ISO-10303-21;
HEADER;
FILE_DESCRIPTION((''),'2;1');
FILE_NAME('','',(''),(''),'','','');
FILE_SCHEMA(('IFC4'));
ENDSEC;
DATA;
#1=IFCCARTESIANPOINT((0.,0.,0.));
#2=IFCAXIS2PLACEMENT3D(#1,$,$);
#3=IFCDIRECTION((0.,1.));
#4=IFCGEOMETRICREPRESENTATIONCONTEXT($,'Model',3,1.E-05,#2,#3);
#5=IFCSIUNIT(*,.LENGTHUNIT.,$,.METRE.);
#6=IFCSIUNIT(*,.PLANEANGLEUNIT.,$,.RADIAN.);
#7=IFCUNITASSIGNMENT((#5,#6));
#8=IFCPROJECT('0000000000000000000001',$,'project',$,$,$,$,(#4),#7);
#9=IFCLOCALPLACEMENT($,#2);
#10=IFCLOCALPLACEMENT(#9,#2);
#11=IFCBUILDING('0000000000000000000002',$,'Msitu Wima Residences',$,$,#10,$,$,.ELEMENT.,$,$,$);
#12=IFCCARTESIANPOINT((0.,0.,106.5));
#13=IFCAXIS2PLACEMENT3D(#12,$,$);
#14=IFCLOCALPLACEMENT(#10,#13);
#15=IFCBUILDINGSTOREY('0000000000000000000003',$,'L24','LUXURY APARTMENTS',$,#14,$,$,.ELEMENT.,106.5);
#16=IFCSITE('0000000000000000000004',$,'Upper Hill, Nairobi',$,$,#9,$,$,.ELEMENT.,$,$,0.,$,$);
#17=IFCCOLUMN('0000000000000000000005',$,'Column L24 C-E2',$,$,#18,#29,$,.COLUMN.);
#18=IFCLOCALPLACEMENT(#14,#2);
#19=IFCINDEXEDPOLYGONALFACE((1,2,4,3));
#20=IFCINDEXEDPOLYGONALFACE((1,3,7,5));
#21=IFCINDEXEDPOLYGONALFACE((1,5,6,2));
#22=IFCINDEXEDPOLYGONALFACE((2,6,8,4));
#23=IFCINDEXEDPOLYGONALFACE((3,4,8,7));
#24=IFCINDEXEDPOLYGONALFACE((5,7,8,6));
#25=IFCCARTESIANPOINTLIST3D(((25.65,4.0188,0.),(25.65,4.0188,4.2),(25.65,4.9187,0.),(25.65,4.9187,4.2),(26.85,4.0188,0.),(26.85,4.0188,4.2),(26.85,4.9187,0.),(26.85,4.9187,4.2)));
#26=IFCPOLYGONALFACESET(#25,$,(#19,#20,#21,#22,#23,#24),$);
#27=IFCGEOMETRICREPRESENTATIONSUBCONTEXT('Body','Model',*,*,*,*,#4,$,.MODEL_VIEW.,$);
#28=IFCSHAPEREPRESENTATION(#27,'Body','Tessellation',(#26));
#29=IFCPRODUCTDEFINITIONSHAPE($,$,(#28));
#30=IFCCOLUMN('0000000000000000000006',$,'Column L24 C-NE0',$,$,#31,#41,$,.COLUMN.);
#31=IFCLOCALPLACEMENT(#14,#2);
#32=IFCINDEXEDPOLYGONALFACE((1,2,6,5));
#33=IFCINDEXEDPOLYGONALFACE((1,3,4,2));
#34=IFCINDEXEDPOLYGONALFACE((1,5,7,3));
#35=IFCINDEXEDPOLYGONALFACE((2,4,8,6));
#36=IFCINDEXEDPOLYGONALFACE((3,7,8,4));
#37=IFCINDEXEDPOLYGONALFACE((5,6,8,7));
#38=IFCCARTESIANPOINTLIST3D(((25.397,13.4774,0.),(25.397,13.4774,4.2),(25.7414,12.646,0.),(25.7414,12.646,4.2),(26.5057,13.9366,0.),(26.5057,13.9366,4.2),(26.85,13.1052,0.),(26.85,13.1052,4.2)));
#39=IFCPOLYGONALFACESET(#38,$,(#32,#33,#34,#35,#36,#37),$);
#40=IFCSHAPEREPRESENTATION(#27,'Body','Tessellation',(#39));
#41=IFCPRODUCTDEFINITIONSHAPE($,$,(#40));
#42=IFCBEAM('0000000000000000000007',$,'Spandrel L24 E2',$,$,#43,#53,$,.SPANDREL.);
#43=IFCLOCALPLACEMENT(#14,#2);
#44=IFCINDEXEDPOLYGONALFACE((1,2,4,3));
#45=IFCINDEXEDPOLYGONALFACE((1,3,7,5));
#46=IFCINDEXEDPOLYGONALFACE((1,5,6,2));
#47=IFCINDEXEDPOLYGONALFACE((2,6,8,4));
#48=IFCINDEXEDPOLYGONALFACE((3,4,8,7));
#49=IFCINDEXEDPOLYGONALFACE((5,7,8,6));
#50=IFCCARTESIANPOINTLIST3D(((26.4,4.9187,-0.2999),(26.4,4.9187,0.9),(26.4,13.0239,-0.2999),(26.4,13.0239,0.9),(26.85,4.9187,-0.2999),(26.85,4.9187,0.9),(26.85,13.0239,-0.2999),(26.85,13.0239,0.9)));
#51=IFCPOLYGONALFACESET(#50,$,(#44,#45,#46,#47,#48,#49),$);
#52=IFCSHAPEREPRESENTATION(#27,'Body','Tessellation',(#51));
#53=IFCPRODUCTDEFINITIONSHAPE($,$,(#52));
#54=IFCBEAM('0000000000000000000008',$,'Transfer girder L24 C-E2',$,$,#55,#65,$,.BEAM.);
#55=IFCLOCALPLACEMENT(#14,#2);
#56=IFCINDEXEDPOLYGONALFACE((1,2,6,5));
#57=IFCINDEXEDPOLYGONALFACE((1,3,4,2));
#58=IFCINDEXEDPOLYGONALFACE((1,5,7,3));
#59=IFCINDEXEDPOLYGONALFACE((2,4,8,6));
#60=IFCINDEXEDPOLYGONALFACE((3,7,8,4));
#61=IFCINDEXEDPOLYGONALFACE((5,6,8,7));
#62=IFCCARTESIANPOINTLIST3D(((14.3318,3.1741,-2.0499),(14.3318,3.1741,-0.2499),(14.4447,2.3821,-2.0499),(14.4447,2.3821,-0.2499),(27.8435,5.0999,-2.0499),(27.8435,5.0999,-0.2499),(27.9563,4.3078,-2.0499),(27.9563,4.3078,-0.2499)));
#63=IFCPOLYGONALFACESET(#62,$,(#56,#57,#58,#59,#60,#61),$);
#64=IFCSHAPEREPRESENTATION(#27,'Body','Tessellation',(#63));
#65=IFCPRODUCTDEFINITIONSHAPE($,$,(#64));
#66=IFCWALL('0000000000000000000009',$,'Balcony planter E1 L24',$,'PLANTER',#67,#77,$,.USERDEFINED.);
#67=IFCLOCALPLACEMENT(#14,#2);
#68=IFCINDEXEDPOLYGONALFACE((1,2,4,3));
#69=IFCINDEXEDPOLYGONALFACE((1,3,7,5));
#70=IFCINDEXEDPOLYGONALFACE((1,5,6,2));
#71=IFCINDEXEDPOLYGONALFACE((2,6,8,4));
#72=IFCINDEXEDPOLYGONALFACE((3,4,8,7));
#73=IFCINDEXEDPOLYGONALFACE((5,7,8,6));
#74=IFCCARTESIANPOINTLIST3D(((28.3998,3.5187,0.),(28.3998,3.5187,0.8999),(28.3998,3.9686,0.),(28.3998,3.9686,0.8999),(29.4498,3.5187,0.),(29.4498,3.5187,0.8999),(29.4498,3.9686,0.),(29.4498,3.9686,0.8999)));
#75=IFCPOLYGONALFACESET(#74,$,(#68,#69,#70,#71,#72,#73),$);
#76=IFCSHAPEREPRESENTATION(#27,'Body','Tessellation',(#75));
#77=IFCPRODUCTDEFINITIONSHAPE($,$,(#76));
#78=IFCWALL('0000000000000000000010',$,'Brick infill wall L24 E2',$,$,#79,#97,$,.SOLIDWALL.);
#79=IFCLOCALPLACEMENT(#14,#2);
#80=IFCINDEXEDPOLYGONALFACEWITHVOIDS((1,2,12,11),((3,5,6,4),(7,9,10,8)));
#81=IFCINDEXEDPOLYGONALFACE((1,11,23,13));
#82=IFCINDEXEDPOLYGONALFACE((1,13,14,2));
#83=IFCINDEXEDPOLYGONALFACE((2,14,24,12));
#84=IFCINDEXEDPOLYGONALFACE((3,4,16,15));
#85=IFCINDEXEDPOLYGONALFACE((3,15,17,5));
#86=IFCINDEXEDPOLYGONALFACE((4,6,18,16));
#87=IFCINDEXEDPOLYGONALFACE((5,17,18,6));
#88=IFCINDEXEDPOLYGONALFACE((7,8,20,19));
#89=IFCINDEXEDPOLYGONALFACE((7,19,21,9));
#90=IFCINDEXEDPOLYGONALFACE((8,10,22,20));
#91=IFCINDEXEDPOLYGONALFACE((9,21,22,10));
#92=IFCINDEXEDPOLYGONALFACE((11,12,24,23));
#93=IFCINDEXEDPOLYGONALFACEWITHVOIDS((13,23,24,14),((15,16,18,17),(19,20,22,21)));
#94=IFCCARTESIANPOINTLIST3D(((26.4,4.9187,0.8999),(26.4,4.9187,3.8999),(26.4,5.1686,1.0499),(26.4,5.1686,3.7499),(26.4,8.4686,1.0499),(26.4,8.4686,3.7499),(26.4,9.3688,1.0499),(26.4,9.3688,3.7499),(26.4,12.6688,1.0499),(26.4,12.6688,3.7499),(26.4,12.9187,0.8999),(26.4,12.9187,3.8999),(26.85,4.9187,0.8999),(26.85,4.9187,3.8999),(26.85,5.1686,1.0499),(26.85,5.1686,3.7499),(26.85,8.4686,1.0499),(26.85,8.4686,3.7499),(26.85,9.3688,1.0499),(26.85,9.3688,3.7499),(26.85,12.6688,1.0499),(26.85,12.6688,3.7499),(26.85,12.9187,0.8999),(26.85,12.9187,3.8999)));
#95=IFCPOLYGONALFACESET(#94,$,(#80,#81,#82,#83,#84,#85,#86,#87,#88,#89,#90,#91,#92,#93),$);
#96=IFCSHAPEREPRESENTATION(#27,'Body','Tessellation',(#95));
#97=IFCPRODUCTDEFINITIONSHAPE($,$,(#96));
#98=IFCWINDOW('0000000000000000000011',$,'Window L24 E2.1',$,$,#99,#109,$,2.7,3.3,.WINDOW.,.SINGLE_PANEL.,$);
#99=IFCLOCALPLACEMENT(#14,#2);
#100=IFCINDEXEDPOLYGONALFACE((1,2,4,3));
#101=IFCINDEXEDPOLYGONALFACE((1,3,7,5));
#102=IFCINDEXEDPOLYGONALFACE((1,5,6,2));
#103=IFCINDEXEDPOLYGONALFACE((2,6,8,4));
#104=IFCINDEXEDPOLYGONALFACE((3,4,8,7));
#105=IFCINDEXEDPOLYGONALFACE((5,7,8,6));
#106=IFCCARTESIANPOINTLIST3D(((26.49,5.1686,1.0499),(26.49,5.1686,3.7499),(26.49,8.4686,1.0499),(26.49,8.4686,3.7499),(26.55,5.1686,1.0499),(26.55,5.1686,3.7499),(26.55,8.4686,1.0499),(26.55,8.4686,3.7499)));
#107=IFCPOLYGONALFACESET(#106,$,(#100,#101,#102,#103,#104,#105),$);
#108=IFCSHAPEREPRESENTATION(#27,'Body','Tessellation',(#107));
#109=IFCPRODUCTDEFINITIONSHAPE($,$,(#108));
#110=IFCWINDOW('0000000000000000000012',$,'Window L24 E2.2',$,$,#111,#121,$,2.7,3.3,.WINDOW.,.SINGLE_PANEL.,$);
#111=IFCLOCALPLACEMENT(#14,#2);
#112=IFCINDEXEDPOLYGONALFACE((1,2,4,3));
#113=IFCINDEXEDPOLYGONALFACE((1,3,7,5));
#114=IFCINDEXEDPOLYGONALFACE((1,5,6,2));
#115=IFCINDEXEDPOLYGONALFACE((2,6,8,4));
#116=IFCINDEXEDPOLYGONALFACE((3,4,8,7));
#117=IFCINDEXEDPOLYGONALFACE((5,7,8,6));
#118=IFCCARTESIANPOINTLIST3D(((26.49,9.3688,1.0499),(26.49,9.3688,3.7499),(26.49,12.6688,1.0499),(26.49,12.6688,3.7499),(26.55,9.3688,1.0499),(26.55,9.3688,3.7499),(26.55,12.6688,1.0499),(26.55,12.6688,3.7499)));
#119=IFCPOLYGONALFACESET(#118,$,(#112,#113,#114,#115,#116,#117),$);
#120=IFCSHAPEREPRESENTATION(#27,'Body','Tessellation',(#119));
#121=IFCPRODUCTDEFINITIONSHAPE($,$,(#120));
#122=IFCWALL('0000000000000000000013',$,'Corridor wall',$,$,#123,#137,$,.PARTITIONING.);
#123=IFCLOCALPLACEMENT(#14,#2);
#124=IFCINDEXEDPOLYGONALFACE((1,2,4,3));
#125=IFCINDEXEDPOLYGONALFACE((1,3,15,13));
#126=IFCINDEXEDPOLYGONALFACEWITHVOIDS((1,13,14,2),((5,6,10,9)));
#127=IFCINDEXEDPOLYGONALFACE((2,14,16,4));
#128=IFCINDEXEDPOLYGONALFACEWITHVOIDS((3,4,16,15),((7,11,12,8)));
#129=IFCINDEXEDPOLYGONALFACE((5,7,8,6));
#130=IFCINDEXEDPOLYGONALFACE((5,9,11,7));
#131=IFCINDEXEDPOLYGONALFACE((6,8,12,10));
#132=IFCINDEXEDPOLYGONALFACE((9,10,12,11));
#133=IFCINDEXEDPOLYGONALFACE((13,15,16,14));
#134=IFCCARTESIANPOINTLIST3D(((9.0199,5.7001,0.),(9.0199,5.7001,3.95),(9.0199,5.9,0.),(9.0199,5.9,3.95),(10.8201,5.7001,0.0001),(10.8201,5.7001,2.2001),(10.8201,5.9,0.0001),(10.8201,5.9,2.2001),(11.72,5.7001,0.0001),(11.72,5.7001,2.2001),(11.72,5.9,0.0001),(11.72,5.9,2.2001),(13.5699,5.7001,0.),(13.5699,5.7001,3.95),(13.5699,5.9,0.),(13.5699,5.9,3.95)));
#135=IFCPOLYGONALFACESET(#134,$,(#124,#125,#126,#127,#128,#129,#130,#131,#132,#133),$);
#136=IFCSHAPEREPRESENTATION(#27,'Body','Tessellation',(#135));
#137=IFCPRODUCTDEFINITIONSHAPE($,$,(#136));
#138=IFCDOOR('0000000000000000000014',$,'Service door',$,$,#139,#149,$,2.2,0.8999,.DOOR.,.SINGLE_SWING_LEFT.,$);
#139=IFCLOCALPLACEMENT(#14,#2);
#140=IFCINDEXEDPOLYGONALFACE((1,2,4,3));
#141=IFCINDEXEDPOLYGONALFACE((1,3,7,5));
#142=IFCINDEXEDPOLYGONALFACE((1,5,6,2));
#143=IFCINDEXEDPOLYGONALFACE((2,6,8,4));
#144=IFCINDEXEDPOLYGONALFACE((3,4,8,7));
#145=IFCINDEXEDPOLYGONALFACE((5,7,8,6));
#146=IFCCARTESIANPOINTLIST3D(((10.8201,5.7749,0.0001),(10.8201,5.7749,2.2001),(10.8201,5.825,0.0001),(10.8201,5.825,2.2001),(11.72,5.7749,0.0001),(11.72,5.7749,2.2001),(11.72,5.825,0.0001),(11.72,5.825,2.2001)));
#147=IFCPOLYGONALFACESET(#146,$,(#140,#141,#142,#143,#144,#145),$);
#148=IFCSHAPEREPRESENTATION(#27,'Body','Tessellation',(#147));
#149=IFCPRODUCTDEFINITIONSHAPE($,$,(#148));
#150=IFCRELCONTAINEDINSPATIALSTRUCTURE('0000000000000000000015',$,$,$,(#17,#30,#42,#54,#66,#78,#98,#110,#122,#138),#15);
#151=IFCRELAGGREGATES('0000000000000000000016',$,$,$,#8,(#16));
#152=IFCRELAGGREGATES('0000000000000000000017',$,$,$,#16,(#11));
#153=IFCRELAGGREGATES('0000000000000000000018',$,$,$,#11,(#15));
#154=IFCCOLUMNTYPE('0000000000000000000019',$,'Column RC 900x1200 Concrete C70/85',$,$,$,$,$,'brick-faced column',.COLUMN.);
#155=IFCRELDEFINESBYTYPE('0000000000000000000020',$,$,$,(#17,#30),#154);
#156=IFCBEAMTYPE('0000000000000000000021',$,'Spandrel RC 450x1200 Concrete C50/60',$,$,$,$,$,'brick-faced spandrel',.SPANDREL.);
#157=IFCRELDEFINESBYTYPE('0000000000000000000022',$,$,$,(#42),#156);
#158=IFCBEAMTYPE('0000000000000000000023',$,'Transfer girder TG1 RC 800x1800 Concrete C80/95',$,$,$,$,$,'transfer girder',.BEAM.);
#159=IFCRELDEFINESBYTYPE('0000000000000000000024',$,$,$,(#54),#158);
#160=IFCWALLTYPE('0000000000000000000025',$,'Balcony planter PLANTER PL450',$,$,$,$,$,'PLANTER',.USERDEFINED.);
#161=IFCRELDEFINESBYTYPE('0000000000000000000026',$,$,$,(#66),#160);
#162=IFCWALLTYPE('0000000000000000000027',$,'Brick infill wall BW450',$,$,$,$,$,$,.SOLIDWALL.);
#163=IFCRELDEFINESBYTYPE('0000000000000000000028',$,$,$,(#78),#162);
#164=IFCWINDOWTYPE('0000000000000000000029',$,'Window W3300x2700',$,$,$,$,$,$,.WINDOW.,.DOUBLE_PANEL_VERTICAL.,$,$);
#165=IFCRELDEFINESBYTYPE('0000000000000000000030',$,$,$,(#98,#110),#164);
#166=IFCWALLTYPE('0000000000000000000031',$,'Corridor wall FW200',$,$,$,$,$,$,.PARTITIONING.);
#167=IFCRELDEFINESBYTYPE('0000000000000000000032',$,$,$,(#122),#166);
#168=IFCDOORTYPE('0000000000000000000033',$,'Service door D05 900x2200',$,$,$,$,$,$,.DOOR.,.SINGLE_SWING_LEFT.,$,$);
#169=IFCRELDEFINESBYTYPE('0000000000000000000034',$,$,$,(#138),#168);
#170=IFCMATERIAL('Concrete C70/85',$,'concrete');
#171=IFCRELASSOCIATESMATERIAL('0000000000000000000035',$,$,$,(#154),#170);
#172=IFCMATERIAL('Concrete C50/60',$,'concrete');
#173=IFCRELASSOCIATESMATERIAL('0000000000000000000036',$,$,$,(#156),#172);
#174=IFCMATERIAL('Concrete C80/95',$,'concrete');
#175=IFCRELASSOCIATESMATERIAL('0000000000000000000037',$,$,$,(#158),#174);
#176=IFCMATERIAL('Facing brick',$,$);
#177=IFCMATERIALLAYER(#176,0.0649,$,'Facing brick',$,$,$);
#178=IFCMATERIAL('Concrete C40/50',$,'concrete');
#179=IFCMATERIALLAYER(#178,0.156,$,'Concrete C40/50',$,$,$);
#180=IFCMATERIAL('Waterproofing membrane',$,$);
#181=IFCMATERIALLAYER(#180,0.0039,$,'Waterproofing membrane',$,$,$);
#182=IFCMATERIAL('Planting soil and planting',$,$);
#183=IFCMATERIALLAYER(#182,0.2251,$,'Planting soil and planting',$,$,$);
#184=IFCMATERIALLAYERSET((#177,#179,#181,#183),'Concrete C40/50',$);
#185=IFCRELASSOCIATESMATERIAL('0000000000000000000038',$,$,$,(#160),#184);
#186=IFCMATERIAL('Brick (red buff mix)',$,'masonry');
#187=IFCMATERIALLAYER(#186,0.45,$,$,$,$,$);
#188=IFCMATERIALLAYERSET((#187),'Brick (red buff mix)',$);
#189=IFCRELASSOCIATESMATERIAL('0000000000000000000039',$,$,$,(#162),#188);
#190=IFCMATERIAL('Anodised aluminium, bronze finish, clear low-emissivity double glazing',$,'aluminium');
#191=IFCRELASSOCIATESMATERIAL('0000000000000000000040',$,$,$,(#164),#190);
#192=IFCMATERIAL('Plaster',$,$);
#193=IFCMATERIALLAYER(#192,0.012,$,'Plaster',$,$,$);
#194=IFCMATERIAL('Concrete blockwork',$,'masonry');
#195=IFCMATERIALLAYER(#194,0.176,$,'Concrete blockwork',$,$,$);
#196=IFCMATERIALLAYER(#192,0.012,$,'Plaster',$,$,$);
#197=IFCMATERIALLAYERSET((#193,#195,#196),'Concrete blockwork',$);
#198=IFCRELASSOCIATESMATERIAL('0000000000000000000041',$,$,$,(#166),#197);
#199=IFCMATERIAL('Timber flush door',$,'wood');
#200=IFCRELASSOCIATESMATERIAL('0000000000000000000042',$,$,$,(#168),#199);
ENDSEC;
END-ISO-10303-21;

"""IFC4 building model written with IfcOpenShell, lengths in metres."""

from ifc_helpers import new_model, si_unit, direction, frame, frame_2d, origin, origin_2d, place, context, subcontext, project, spatial, rectangle, extrude, material, layer, layer_set, material_profile, profile_set, type_object, element, fill, save


model = new_model("IFC4")

# Units and contexts
model_context = context("Model", 3, precision=1e-05, world=origin(), true_north=direction((0.0, 1.0)))
body_context = subcontext(model_context, "Body", "Model", "MODEL_VIEW")
ifc_project = project(units=[si_unit("LENGTHUNIT", "METRE"), si_unit("PLANEANGLEUNIT", "RADIAN")], contexts=[model_context])

# Site, building, storey
site_placement = place(None, origin())
site = spatial("IfcSite", under=ifc_project, at=site_placement, Name="Upper Hill, Nairobi", CompositionType="ELEMENT", RefElevation=0.0)
building_placement = place(site_placement, origin())
building = spatial("IfcBuilding", under=site, at=building_placement, Name="Msitu Wima Residences", CompositionType="ELEMENT")
storey_placement = place(building_placement, frame((0.0, 0.0, 106.5)))
storey = spatial("IfcBuildingStorey", under=building, at=storey_placement, Name="L24", Description="LUXURY APARTMENTS", CompositionType="ELEMENT", Elevation=106.5)

# Columns
ifc_material_1 = material(Name="Concrete C70/85", Category="concrete")
ifc_material_profile_1 = material_profile(ifc_material_1, rectangle(XDim=0.8999, YDim=1.2, at=origin_2d()), Name="RC 900x1200")
ifc_profile_set_1 = profile_set([ifc_material_profile_1], Name="Concrete C70/85")
column_type = type_object("IfcColumnType", Name="Column RC 900x1200 Concrete C70/85", ElementType="brick-faced column", PredefinedType="COLUMN", material=ifc_profile_set_1)
for number, where, z_axis, x_axis, name in (
    (1, (26.25, 4.4688, 0.0), (0.0, 0.0, 1.0), (0.0, 1.0, 0.0), "Column L24 C-E2"),
    (2, (26.1235, 13.2913, 0.0), (0.0, 0.0, 1.0), (-0.382683, 0.92388, 0.0), "Column L24 C-NE0"),
):
    element("IfcColumn", number, at=place(storey_placement, frame(where, z_axis=z_axis, x_axis=x_axis)), inside=storey, type_object=column_type, Name=name, PredefinedType="COLUMN", context=body_context, shape_type="SweptSolid", body=[
        extrude(rectangle(XDim=0.8999, YDim=1.2, at=origin_2d()), origin(), (0.0, 0.0, 1.0), 4.2),
    ])

# Beams
ifc_material_2 = material(Name="Concrete C50/60", Category="concrete")
ifc_material_profile_2 = material_profile(ifc_material_2, rectangle(XDim=0.45, YDim=1.2, at=origin_2d()), Name="RC 450x1200")
ifc_profile_set_2 = profile_set([ifc_material_profile_2], Name="Concrete C50/60")
beam_type_1 = type_object("IfcBeamType", Name="Spandrel RC 450x1200 Concrete C50/60", ElementType="brick-faced spandrel", PredefinedType="SPANDREL", material=ifc_profile_set_2)
beam_1_placement = place(storey_placement, frame((26.625, 4.9187, 0.3), z_axis=(0.0, 1.0, 0.0), x_axis=(-1.0, 0.0, 0.0)))
element("IfcBeam", 3, at=beam_1_placement, inside=storey, type_object=beam_type_1, Name="Spandrel L24 E2", PredefinedType="SPANDREL", context=body_context, shape_type="SweptSolid", body=[
    extrude(rectangle(XDim=0.45, YDim=1.2, at=origin_2d()), origin(), (0.0, 0.0, 1.0), 8.1052),
])
ifc_material_3 = material(Name="Concrete C80/95", Category="concrete")
ifc_material_profile_3 = material_profile(ifc_material_3, rectangle(XDim=0.8, YDim=1.8, at=origin_2d()), Name="RC 800x1800")
ifc_profile_set_3 = profile_set([ifc_material_profile_3], Name="Concrete C80/95")
beam_type_2 = type_object("IfcBeamType", Name="Transfer girder TG1 RC 800x1800 Concrete C80/95", ElementType="transfer girder", PredefinedType="BEAM", material=ifc_profile_set_3)
beam_2_placement = place(storey_placement, frame((27.8999, 4.7039, -1.1499), z_axis=(-0.989995, -0.141101, 0.0), x_axis=(0.141101, -0.989995, 0.0)))
element("IfcBeam", 4, at=beam_2_placement, inside=storey, type_object=beam_type_2, Name="Transfer girder L24 C-E2", PredefinedType="BEAM", context=body_context, shape_type="SweptSolid", body=[
    extrude(rectangle(XDim=0.8, YDim=1.8, at=origin_2d()), origin(), (0.0, 0.0, 1.0), 13.6482),
])

# Wall
ifc_material_4 = material(Name="Facing brick")
ifc_layer_1 = layer(ifc_material_4, 0.0649, Name="Facing brick")
ifc_material_5 = material(Name="Concrete C40/50", Category="concrete")
ifc_layer_2 = layer(ifc_material_5, 0.156, Name="Concrete C40/50")
ifc_material_6 = material(Name="Waterproofing membrane")
ifc_layer_3 = layer(ifc_material_6, 0.0039, Name="Waterproofing membrane")
ifc_material_7 = material(Name="Planting soil and planting")
ifc_layer_4 = layer(ifc_material_7, 0.2251, Name="Planting soil and planting")
ifc_layer_set_1 = layer_set([ifc_layer_1, ifc_layer_2, ifc_layer_3, ifc_layer_4], Name="Concrete C40/50")
wall_type_1 = type_object("IfcWallType", Name="Balcony planter PLANTER PL450", ElementType="PLANTER", PredefinedType="USERDEFINED", material=ifc_layer_set_1)
wall_1_placement = place(storey_placement, frame((28.3999, 3.7437, 0.0), z_axis=(0.0, 0.0, 1.0), x_axis=(1.0, 0.0, 0.0)))
element("IfcWall", 5, at=wall_1_placement, inside=storey, type_object=wall_type_1, Name="Balcony planter E1 L24", ObjectType="PLANTER", PredefinedType="USERDEFINED", context=body_context, shape_type="SweptSolid", body=[
    extrude(rectangle(XDim=1.05, YDim=0.45, at=frame_2d((0.5249, 0.0))), origin(), (0.0, 0.0, 1.0), 0.8999),
])

# Wall, openings, windows
ifc_material_8 = material(Name="Brick (red buff mix)", Category="masonry")
ifc_layer_5 = layer(ifc_material_8, 0.45)
ifc_layer_set_2 = layer_set([ifc_layer_5], Name="Brick (red buff mix)")
wall_type_2 = type_object("IfcWallType", Name="Brick infill wall BW450", PredefinedType="SOLIDWALL", material=ifc_layer_set_2)
wall_2_placement = place(storey_placement, frame((26.625, 4.9187, 0.8999), z_axis=(0.0, 0.0, 1.0), x_axis=(0.0, 1.0, 0.0)))
wall_2 = element("IfcWall", 6, at=wall_2_placement, inside=storey, type_object=wall_type_2, Name="Brick infill wall L24 E2", PredefinedType="SOLIDWALL", context=body_context, shape_type="SweptSolid", body=[
    extrude(rectangle(XDim=8.0, YDim=0.45, at=frame_2d((4.0, 0.0))), origin(), (0.0, 0.0, 1.0), 3.0),
])
opening_1_placement = place(wall_2_placement, frame((0.25, 0.0, 0.1499)))
opening_1 = element("IfcOpeningElement", 7, at=opening_1_placement, cuts=wall_2, PredefinedType="OPENING", context=body_context, shape_type="SweptSolid", body=[
    extrude(rectangle(XDim=3.3, YDim=2.7, at=frame_2d((1.6499, 1.3501))), frame((0.0, 0.2349, 0.0), z_axis=(0.0, -1.0, 0.0), x_axis=(1.0, 0.0, 0.0)), (0.0, 0.0, 1.0), 0.47),
])
opening_2_placement = place(wall_2_placement, frame((4.4502, 0.0, 0.1499)))
opening_2 = element("IfcOpeningElement", 8, at=opening_2_placement, cuts=wall_2, PredefinedType="OPENING", context=body_context, shape_type="SweptSolid", body=[
    extrude(rectangle(XDim=3.3, YDim=2.7, at=frame_2d((1.6499, 1.3501))), frame((0.0, 0.2349, 0.0), z_axis=(0.0, -1.0, 0.0), x_axis=(1.0, 0.0, 0.0)), (0.0, 0.0, 1.0), 0.47),
])
ifc_material_9 = material(Name="Anodised aluminium, bronze finish, clear low-emissivity double glazing", Category="aluminium")
window_type = type_object("IfcWindowType", Name="Window W3300x2700", PartitioningType="DOUBLE_PANEL_VERTICAL", PredefinedType="WINDOW", material=ifc_material_9)
window_1_placement = place(opening_1_placement, origin())
window_1 = element("IfcWindow", 9, at=window_1_placement, inside=storey, type_object=window_type, Name="Window L24 E2.1", OverallHeight=2.7, OverallWidth=3.3, PartitioningType="SINGLE_PANEL", PredefinedType="WINDOW", context=body_context, shape_type="SweptSolid", body=[
    extrude(rectangle(XDim=3.3, YDim=2.7, at=frame_2d((1.6499, 1.3501))), frame((0.0, 0.135, 0.0), z_axis=(0.0, -1.0, 0.0), x_axis=(1.0, 0.0, 0.0)), (0.0, 0.0, 1.0), 0.0601),
])
fill(opening_1, window_1)
window_2_placement = place(opening_2_placement, origin())
window_2 = element("IfcWindow", 10, at=window_2_placement, inside=storey, type_object=window_type, Name="Window L24 E2.2", OverallHeight=2.7, OverallWidth=3.3, PartitioningType="SINGLE_PANEL", PredefinedType="WINDOW", context=body_context, shape_type="SweptSolid", body=[
    extrude(rectangle(XDim=3.3, YDim=2.7, at=frame_2d((1.6499, 1.3501))), frame((0.0, 0.135, 0.0), z_axis=(0.0, -1.0, 0.0), x_axis=(1.0, 0.0, 0.0)), (0.0, 0.0, 1.0), 0.0601),
])
fill(opening_2, window_2)

# Wall, opening, door
ifc_material_10 = material(Name="Plaster")
ifc_layer_6 = layer(ifc_material_10, 0.012, Name="Plaster")
ifc_material_11 = material(Name="Concrete blockwork", Category="masonry")
ifc_layer_7 = layer(ifc_material_11, 0.176, Name="Concrete blockwork")
ifc_layer_8 = layer(ifc_material_10, 0.012, Name="Plaster")
ifc_layer_set_3 = layer_set([ifc_layer_6, ifc_layer_7, ifc_layer_8], Name="Concrete blockwork")
wall_type_3 = type_object("IfcWallType", Name="Corridor wall FW200", PredefinedType="PARTITIONING", material=ifc_layer_set_3)
wall_3_placement = place(storey_placement, frame((9.02, 5.8, 0.0), z_axis=(0.0, 0.0, 1.0), x_axis=(1.0, 0.0, 0.0)))
wall_3 = element("IfcWall", 11, at=wall_3_placement, inside=storey, type_object=wall_type_3, Name="Corridor wall", PredefinedType="PARTITIONING", context=body_context, shape_type="SweptSolid", body=[
    extrude(rectangle(XDim=4.55, YDim=0.2, at=frame_2d((2.2749, 0.0))), origin(), (0.0, 0.0, 1.0), 3.95),
])
opening_3_placement = place(wall_3_placement, frame((1.8, 0.0, 0.0)))
opening_3 = element("IfcOpeningElement", 12, at=opening_3_placement, cuts=wall_3, PredefinedType="OPENING", context=body_context, shape_type="SweptSolid", body=[
    extrude(rectangle(XDim=0.8999, YDim=2.2, at=frame_2d((0.45, 1.1001))), frame((0.0, 0.1099, 0.0), z_axis=(0.0, -1.0, 0.0), x_axis=(1.0, 0.0, 0.0)), (0.0, 0.0, 1.0), 0.22),
])
ifc_material_12 = material(Name="Timber flush door", Category="wood")
door_type_1 = type_object("IfcDoorType", Name="Service door D05 900x2200", OperationType="SINGLE_SWING_LEFT", PredefinedType="DOOR", material=ifc_material_12)
door_1_placement = place(opening_3_placement, origin())
door_1 = element("IfcDoor", 13, at=door_1_placement, inside=storey, type_object=door_type_1, Name="Service door", OperationType="SINGLE_SWING_LEFT", OverallHeight=2.2, OverallWidth=0.8999, PredefinedType="DOOR", context=body_context, shape_type="SweptSolid", body=[
    extrude(rectangle(XDim=0.8999, YDim=2.2, at=frame_2d((0.45, 1.1001))), frame((0.0, 0.0249, 0.0), z_axis=(0.0, -1.0, 0.0), x_axis=(1.0, 0.0, 0.0)), (0.0, 0.0, 1.0), 0.05),
])
fill(opening_3, door_1)

save(model, "model.ifc")
